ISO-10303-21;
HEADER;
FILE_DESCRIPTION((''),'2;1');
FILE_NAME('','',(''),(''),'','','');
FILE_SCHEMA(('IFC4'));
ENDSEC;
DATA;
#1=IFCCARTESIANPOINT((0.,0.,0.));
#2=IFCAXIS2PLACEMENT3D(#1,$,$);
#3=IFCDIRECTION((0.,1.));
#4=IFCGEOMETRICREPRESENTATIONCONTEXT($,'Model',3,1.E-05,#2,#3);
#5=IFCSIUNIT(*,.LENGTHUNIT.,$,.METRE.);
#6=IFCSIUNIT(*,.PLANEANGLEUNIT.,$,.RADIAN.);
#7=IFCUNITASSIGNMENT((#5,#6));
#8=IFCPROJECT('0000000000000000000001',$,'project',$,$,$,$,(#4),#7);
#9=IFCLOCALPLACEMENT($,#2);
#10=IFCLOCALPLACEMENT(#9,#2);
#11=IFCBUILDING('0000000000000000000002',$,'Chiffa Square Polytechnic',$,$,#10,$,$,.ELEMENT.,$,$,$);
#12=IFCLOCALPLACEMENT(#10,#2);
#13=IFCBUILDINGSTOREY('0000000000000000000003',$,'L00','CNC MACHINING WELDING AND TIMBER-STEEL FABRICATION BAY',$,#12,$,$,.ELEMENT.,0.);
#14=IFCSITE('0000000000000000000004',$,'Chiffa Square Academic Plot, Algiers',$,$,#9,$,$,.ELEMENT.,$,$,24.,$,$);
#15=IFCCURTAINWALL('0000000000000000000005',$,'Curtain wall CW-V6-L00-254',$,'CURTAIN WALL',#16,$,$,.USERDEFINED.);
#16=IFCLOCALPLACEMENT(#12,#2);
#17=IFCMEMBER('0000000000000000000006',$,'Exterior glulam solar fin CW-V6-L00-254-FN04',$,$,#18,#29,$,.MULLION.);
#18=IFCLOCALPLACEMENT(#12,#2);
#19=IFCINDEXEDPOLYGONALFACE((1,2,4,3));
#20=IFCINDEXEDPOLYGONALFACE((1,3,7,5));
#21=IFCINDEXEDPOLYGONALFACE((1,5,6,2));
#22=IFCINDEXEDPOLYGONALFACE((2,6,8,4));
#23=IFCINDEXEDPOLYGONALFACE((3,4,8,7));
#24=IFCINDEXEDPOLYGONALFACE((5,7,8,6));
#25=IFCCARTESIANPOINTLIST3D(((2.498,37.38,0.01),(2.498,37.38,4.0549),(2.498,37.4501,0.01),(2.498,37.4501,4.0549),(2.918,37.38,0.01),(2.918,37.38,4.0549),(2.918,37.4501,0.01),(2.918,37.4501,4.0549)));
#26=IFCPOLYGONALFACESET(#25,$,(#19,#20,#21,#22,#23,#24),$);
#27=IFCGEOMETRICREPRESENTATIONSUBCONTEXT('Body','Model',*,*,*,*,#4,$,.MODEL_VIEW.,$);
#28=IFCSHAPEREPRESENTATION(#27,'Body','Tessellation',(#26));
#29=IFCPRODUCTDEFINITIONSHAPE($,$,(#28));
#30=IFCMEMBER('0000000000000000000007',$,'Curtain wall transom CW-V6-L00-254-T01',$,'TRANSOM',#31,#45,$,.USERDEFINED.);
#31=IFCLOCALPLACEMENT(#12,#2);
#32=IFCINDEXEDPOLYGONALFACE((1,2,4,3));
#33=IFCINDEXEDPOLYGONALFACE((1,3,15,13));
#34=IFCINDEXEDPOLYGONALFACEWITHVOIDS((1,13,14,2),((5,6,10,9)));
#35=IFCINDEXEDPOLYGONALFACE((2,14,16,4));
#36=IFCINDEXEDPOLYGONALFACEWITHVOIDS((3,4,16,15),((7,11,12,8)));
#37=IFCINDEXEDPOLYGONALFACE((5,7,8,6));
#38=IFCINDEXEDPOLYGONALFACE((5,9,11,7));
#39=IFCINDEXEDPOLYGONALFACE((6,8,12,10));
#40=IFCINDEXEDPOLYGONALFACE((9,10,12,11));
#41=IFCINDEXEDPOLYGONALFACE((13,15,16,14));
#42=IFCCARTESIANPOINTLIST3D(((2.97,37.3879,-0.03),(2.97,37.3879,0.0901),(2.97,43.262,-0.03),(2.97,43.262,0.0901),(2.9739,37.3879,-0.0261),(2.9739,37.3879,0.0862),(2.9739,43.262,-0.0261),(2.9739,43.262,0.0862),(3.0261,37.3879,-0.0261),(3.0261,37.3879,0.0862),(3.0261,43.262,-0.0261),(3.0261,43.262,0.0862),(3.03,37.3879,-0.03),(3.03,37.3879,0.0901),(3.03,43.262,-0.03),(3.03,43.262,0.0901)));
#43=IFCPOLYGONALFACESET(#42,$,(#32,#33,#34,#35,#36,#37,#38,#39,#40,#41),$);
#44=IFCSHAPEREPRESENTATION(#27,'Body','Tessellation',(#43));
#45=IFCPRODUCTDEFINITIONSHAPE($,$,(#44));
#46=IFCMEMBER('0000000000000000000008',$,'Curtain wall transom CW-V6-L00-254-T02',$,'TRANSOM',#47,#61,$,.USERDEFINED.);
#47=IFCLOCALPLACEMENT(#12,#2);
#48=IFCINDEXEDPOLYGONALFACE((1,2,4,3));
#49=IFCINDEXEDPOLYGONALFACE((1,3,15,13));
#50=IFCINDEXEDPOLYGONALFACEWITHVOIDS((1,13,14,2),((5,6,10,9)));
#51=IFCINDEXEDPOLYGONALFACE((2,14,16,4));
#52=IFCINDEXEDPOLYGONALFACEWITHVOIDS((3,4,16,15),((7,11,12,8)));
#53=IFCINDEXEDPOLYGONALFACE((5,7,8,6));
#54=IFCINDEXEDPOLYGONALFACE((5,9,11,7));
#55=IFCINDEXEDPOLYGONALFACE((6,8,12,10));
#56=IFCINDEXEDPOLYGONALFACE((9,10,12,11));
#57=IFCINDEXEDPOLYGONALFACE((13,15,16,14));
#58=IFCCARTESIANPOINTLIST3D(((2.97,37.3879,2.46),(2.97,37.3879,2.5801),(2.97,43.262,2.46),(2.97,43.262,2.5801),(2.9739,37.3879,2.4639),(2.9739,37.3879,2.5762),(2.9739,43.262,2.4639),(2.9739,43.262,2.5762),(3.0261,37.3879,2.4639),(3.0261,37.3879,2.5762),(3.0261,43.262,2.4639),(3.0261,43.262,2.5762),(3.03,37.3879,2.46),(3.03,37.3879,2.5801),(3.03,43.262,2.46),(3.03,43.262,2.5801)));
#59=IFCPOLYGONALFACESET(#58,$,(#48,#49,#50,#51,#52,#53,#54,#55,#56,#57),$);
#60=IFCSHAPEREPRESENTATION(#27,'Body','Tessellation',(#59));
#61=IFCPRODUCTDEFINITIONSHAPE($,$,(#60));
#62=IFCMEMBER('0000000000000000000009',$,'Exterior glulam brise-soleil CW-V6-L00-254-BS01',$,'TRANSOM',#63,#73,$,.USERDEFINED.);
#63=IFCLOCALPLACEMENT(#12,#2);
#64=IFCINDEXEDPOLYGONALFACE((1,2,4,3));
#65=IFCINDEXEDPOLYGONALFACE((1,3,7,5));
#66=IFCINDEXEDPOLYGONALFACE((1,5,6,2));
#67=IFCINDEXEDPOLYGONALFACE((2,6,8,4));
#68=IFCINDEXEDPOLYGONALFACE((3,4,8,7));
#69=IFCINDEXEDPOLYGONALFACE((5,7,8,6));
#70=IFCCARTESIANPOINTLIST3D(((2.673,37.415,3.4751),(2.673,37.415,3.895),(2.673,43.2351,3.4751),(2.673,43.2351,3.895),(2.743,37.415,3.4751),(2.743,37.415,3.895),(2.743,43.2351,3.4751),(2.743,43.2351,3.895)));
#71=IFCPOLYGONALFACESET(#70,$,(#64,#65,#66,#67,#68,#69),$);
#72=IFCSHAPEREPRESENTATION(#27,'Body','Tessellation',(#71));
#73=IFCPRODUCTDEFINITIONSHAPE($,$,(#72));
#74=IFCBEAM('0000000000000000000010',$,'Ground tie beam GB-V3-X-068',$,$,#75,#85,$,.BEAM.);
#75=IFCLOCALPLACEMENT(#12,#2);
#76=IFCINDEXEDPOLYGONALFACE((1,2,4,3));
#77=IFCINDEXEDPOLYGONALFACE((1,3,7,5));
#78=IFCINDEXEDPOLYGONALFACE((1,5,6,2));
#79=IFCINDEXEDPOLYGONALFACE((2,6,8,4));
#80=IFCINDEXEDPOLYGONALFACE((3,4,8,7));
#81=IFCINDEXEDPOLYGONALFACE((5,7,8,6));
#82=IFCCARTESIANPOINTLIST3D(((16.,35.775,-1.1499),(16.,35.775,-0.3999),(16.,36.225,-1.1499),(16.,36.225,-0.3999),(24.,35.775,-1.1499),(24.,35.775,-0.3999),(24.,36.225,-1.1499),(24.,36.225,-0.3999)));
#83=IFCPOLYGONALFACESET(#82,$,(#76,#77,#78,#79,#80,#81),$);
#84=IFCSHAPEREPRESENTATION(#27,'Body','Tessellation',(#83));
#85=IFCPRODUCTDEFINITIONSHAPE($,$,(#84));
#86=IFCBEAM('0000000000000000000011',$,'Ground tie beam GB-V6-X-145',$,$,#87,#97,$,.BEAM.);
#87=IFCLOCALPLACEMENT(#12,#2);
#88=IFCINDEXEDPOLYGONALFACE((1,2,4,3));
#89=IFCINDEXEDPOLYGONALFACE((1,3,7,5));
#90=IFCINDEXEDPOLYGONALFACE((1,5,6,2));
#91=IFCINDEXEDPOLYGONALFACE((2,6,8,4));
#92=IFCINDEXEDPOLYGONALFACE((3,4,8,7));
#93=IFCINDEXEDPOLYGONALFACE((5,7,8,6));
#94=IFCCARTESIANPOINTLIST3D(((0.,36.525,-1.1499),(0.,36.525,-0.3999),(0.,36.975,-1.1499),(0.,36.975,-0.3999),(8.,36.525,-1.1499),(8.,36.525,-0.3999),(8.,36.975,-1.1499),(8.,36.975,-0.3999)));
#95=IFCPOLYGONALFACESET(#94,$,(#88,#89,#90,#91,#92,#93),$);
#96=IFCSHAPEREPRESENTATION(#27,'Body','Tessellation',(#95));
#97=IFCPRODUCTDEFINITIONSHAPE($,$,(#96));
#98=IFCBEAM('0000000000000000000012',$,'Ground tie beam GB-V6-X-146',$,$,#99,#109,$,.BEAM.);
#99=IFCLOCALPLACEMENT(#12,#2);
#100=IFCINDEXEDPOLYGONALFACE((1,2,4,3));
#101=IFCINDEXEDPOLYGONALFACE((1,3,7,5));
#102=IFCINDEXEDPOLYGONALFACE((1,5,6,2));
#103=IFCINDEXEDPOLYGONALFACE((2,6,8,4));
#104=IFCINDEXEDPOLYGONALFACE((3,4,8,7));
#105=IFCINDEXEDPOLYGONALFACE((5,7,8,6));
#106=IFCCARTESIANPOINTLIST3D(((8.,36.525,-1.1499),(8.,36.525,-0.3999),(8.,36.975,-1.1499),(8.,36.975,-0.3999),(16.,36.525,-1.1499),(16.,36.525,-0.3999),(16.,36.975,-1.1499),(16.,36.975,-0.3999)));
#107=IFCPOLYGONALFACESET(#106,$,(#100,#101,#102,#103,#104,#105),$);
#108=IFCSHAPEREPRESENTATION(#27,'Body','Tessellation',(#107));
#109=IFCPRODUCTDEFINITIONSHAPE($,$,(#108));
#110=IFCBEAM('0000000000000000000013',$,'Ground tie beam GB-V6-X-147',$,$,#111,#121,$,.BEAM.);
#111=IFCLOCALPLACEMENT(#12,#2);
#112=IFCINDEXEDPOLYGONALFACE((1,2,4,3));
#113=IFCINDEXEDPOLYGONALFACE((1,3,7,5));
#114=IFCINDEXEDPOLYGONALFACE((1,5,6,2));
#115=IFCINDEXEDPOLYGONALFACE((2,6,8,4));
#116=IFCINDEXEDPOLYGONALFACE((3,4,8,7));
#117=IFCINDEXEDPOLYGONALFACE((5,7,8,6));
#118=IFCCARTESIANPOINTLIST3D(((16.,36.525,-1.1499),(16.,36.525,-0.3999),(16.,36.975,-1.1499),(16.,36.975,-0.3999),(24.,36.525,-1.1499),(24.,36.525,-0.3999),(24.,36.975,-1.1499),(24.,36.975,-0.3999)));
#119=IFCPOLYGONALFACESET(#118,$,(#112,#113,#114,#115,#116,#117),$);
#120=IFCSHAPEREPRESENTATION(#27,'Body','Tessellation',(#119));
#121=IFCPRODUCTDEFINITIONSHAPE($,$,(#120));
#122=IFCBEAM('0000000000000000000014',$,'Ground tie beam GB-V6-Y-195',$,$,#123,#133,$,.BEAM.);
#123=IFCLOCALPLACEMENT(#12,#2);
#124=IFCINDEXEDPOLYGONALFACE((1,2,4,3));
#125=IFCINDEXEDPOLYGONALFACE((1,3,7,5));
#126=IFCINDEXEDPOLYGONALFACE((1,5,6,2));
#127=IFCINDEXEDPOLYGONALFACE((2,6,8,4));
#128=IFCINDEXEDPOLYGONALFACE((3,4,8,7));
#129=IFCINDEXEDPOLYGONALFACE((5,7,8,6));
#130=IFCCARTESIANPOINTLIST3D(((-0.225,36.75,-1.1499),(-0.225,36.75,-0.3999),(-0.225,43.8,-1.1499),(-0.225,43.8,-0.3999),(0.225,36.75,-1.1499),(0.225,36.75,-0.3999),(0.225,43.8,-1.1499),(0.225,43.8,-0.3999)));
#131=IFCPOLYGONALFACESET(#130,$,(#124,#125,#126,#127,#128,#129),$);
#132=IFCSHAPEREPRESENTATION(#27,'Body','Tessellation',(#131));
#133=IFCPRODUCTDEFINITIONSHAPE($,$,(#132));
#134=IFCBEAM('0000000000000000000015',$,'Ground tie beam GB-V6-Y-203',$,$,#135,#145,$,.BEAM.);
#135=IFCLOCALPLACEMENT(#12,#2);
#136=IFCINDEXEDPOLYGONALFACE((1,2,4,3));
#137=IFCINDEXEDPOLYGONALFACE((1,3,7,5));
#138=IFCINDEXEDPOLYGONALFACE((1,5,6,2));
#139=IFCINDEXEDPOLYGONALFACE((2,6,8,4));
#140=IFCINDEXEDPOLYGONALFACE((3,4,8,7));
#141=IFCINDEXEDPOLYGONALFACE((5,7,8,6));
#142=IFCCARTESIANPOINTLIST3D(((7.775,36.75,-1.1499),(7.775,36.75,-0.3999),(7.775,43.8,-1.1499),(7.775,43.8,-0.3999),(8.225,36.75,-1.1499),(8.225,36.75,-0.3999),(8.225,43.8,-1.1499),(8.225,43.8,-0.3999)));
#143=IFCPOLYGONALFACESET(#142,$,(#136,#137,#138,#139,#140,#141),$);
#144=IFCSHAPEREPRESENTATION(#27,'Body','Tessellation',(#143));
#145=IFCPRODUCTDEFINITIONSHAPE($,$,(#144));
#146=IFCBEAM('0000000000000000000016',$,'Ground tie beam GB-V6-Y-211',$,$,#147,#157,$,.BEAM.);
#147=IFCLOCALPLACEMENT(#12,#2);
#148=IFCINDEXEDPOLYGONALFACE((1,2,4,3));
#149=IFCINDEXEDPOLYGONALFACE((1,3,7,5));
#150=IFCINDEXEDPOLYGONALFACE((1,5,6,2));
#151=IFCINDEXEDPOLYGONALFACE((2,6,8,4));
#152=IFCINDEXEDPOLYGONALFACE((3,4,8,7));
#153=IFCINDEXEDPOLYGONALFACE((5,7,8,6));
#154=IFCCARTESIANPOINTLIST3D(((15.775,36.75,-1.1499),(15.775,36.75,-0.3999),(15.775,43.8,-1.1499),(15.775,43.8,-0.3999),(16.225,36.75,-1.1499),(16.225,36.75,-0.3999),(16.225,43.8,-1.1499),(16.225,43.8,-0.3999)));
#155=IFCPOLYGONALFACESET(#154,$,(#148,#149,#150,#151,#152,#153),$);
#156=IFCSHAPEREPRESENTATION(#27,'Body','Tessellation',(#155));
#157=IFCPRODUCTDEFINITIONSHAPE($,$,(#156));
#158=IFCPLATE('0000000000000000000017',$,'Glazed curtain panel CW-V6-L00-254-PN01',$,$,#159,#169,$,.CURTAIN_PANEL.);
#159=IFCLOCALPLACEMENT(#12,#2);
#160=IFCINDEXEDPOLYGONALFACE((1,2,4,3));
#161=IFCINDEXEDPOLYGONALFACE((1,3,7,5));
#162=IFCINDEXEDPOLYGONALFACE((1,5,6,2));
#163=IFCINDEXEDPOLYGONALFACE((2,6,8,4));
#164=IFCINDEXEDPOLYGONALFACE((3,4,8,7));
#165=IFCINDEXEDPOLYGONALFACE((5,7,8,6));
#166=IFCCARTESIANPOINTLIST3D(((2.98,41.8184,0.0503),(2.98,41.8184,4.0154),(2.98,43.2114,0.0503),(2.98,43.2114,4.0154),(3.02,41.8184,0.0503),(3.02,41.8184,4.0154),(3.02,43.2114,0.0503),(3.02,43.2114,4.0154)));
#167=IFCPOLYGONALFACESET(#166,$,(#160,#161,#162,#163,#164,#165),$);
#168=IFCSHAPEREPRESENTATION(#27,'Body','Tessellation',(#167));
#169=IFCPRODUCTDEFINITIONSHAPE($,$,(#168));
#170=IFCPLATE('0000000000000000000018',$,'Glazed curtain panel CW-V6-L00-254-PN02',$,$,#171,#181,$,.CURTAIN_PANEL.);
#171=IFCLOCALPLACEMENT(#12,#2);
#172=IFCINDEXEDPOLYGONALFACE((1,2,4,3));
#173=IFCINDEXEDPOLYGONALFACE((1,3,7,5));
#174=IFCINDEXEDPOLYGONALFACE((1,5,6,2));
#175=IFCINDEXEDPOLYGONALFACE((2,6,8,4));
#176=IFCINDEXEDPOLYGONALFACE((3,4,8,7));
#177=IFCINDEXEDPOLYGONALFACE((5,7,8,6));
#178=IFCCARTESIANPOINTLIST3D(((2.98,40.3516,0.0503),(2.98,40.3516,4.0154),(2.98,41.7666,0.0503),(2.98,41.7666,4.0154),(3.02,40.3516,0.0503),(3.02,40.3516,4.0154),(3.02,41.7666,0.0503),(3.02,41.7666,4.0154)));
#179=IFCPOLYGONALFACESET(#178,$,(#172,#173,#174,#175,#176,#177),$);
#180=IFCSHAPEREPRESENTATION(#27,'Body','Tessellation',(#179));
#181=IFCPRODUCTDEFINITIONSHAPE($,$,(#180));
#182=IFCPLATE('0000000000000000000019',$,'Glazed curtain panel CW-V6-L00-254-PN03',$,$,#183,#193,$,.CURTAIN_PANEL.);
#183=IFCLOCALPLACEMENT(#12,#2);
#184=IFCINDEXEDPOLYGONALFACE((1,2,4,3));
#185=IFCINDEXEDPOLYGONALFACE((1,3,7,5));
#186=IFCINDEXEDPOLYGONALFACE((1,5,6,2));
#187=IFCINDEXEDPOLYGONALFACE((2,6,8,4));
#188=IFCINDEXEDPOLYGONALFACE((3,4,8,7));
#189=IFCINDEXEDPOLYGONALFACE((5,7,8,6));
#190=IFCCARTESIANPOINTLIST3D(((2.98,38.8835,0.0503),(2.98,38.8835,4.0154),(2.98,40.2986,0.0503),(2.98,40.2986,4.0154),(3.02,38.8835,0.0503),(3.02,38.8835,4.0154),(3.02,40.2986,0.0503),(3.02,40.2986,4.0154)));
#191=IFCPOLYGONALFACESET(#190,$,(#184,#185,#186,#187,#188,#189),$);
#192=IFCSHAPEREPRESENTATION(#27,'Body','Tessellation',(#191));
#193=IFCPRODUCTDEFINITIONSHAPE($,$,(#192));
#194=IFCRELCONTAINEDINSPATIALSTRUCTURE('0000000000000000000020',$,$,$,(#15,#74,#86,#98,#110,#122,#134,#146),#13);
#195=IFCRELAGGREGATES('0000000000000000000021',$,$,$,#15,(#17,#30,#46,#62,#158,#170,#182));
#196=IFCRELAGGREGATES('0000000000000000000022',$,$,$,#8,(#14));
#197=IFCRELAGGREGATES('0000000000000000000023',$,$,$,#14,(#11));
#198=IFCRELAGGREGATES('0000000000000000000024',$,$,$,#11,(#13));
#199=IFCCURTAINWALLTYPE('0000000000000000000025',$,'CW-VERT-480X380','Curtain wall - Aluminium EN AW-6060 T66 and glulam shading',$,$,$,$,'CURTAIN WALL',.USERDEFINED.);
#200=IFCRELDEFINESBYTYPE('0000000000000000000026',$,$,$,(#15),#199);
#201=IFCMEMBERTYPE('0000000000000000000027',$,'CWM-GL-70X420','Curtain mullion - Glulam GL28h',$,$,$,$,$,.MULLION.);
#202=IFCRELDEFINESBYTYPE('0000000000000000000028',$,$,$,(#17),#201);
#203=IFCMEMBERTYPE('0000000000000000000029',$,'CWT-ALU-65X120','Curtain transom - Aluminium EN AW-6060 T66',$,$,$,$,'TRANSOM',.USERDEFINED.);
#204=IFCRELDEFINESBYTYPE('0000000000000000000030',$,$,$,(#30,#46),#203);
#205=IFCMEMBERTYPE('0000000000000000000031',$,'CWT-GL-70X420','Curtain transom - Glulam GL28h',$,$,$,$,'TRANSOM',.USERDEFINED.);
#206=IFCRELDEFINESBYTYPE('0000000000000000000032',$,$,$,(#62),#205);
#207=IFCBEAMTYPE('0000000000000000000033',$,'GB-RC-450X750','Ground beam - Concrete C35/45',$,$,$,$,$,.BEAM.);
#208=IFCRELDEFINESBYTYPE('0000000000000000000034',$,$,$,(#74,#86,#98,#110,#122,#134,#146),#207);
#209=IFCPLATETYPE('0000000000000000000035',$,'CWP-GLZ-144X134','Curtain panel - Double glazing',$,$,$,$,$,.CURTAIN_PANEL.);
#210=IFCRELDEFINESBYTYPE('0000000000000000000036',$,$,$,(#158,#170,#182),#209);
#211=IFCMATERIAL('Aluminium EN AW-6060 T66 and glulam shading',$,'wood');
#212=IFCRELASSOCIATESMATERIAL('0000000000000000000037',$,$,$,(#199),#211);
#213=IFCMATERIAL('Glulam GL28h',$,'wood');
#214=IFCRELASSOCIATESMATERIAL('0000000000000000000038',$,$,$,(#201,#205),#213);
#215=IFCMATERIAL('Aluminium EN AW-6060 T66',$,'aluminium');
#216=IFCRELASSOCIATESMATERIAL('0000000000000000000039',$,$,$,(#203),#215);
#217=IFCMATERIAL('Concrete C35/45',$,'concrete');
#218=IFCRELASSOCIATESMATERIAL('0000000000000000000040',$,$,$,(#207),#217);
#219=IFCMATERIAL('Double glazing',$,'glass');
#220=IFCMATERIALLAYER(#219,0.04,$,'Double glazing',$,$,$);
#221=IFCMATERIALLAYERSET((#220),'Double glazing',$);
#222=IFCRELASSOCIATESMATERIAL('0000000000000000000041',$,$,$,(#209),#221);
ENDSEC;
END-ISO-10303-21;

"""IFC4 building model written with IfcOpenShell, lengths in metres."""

from ifc_helpers import new_model, si_unit, direction, frame, origin, origin_2d, place, context, subcontext, project, spatial, rectangle, hollow_rectangle, extrude, material, layer, layer_set, material_profile, profile_set, type_object, element, aggregate, save


model = new_model("IFC4")

# Units and contexts
model_context = context("Model", 3, precision=1e-05, world=origin(), true_north=direction((0.0, 1.0)))
body_context = subcontext(model_context, "Body", "Model", "MODEL_VIEW")
ifc_project = project(units=[si_unit("LENGTHUNIT", "METRE"), si_unit("PLANEANGLEUNIT", "RADIAN")], contexts=[model_context])

# Site, building, storey
site_placement = place(None, origin())
site = spatial("IfcSite", under=ifc_project, at=site_placement, Name="Chiffa Square Academic Plot, Algiers", CompositionType="ELEMENT", RefElevation=24.0)
building_placement = place(site_placement, origin())
building = spatial("IfcBuilding", under=site, at=building_placement, Name="Chiffa Square Polytechnic", CompositionType="ELEMENT")
storey_placement = place(building_placement, origin())
storey = spatial("IfcBuildingStorey", under=building, at=storey_placement, Name="L00", Description="CNC MACHINING WELDING AND TIMBER-STEEL FABRICATION BAY", CompositionType="ELEMENT", Elevation=0.0)

# Shared definitions
ifc_material_1 = material(Name="Concrete C35/45", Category="concrete")

# Curtain wall, members
ifc_material_2 = material(Name="Aluminium EN AW-6060 T66 and glulam shading", Category="wood")
curtain_wall_type = type_object("IfcCurtainWallType", Name="CW-VERT-480X380", Description="Curtain wall - Aluminium EN AW-6060 T66 and glulam shading", ElementType="CURTAIN WALL", PredefinedType="USERDEFINED", material=ifc_material_2)
curtain_wall_placement = place(storey_placement, origin())
curtain_wall = element("IfcCurtainWall", 1, at=curtain_wall_placement, inside=storey, type_object=curtain_wall_type, Name="Curtain wall CW-V6-L00-254", ObjectType="CURTAIN WALL", PredefinedType="USERDEFINED")
ifc_material_3 = material(Name="Aluminium EN AW-6060 T66", Category="aluminium")
ifc_material_4 = material(Name="Glulam GL28h", Category="wood")
ifc_material_profile_1 = material_profile(ifc_material_4, rectangle(XDim=0.0701, YDim=0.4199, at=origin_2d()), Name="GL28h 70x420")
ifc_profile_set_1 = profile_set([ifc_material_profile_1], Name="Glulam GL28h")
member_type_1 = type_object("IfcMemberType", Name="CWM-GL-70X420", Description="Curtain mullion - Glulam GL28h", PredefinedType="MULLION", material=ifc_profile_set_1)
member_1_placement = place(storey_placement, frame((2.708, 37.415, 0.01), z_axis=(0.0, 0.0, 1.0), x_axis=(0.0, -1.0, 0.0)))
member_1 = element("IfcMember", 2, at=member_1_placement, type_object=member_type_1, Name="Exterior glulam solar fin CW-V6-L00-254-FN04", PredefinedType="MULLION", context=body_context, shape_type="SweptSolid", body=[
    extrude(rectangle(XDim=0.0701, YDim=0.4199, at=origin_2d()), origin(), (0.0, 0.0, 1.0), 4.0449),
])
ifc_material_profile_2 = material_profile(ifc_material_3, hollow_rectangle(XDim=0.0601, YDim=0.1201, WallThickness=0.0039, at=origin_2d()), Name="ALU 60x120x4")
ifc_profile_set_2 = profile_set([ifc_material_profile_2], Name="Aluminium EN AW-6060 T66")
member_type_2 = type_object("IfcMemberType", Name="CWT-ALU-65X120", Description="Curtain transom - Aluminium EN AW-6060 T66", ElementType="TRANSOM", PredefinedType="USERDEFINED", material=ifc_profile_set_2)
member_2_placement = place(storey_placement, frame((3.0, 43.262, 0.03), z_axis=(0.0, -1.0, 0.0), x_axis=(1.0, 0.0, 0.0)))
member_2 = element("IfcMember", 3, at=member_2_placement, type_object=member_type_2, Name="Curtain wall transom CW-V6-L00-254-T01", ObjectType="TRANSOM", PredefinedType="USERDEFINED", context=body_context, shape_type="SweptSolid", body=[
    extrude(hollow_rectangle(XDim=0.0601, YDim=0.1201, WallThickness=0.0039, at=origin_2d()), origin(), (0.0, 0.0, 1.0), 5.874),
])
member_3_placement = place(storey_placement, frame((3.0, 43.262, 2.52), z_axis=(0.0, -1.0, 0.0), x_axis=(1.0, 0.0, 0.0)))
member_3 = element("IfcMember", 4, at=member_3_placement, type_object=member_type_2, Name="Curtain wall transom CW-V6-L00-254-T02", ObjectType="TRANSOM", PredefinedType="USERDEFINED", context=body_context, shape_type="SweptSolid", body=[
    extrude(hollow_rectangle(XDim=0.0601, YDim=0.1201, WallThickness=0.0039, at=origin_2d()), origin(), (0.0, 0.0, 1.0), 5.874),
])
ifc_material_profile_3 = material_profile(ifc_material_4, rectangle(XDim=0.0701, YDim=0.4199, at=origin_2d()), Name="GL28h 70x420")
ifc_profile_set_3 = profile_set([ifc_material_profile_3], Name="Glulam GL28h")
member_type_3 = type_object("IfcMemberType", Name="CWT-GL-70X420", Description="Curtain transom - Glulam GL28h", ElementType="TRANSOM", PredefinedType="USERDEFINED", material=ifc_profile_set_3)
member_4_placement = place(storey_placement, frame((2.708, 43.2351, 3.6851), z_axis=(0.0, -1.0, 0.0), x_axis=(1.0, 0.0, 0.0)))
member_4 = element("IfcMember", 5, at=member_4_placement, type_object=member_type_3, Name="Exterior glulam brise-soleil CW-V6-L00-254-BS01", ObjectType="TRANSOM", PredefinedType="USERDEFINED", context=body_context, shape_type="SweptSolid", body=[
    extrude(rectangle(XDim=0.0701, YDim=0.4199, at=origin_2d()), origin(), (0.0, 0.0, 1.0), 5.8201),
])

# Beams
ifc_material_profile_4 = material_profile(ifc_material_1, rectangle(XDim=0.45, YDim=0.75, at=origin_2d()), Name="RC 450x750")
ifc_profile_set_4 = profile_set([ifc_material_profile_4], Name="Concrete C35/45")
beam_type = type_object("IfcBeamType", Name="GB-RC-450X750", Description="Ground beam - Concrete C35/45", PredefinedType="BEAM", material=ifc_profile_set_4)
for number, where, z_axis, x_axis, name in (
    (6, (16.0, 36.0, -0.7749), (1.0, 0.0, 0.0), (0.0, 1.0, 0.0), "Ground tie beam GB-V3-X-068"),
    (7, (0.0, 36.75, -0.7749), (1.0, 0.0, 0.0), (0.0, 1.0, 0.0), "Ground tie beam GB-V6-X-145"),
    (8, (8.0, 36.75, -0.7749), (1.0, 0.0, 0.0), (0.0, 1.0, 0.0), "Ground tie beam GB-V6-X-146"),
    (9, (16.0, 36.75, -0.7749), (1.0, 0.0, 0.0), (0.0, 1.0, 0.0), "Ground tie beam GB-V6-X-147"),
):
    element("IfcBeam", number, at=place(storey_placement, frame(where, z_axis=z_axis, x_axis=x_axis)), inside=storey, type_object=beam_type, Name=name, PredefinedType="BEAM", context=body_context, shape_type="SweptSolid", body=[
        extrude(rectangle(XDim=0.45, YDim=0.75, at=origin_2d()), origin(), (0.0, 0.0, 1.0), 8.0),
    ])
for number, where, z_axis, x_axis, name in (
    (10, (0.0, 36.75, -0.7749), (0.0, 1.0, 0.0), (-1.0, 0.0, 0.0), "Ground tie beam GB-V6-Y-195"),
    (11, (8.0, 36.75, -0.7749), (0.0, 1.0, 0.0), (-1.0, 0.0, 0.0), "Ground tie beam GB-V6-Y-203"),
    (12, (16.0, 36.75, -0.7749), (0.0, 1.0, 0.0), (-1.0, 0.0, 0.0), "Ground tie beam GB-V6-Y-211"),
):
    element("IfcBeam", number, at=place(storey_placement, frame(where, z_axis=z_axis, x_axis=x_axis)), inside=storey, type_object=beam_type, Name=name, PredefinedType="BEAM", context=body_context, shape_type="SweptSolid", body=[
        extrude(rectangle(XDim=0.45, YDim=0.75, at=origin_2d()), origin(), (0.0, 0.0, 1.0), 7.05),
    ])

# Plates
ifc_material_5 = material(Name="Double glazing", Category="glass")
ifc_layer_1 = layer(ifc_material_5, 0.04, Name="Double glazing")
ifc_layer_set_1 = layer_set([ifc_layer_1], Name="Double glazing")
plate_type = type_object("IfcPlateType", Name="CWP-GLZ-144X134", Description="Curtain panel - Double glazing", PredefinedType="CURTAIN_PANEL", material=ifc_layer_set_1)
plate_1_placement = place(storey_placement, frame((3.0, 42.5149, 0.0503), z_axis=(0.0, 0.0, 1.0), x_axis=(0.0, -1.0, 0.0)))
plate_1 = element("IfcPlate", 13, at=plate_1_placement, type_object=plate_type, Name="Glazed curtain panel CW-V6-L00-254-PN01", PredefinedType="CURTAIN_PANEL", context=body_context, shape_type="SweptSolid", body=[
    extrude(rectangle(XDim=1.3931, YDim=0.04, at=origin_2d()), origin(), (0.0, 0.0, 1.0), 3.9651),
])
plate_2_placement = place(storey_placement, frame((3.0, 41.0591, 0.0503), z_axis=(0.0, 0.0, 1.0), x_axis=(0.0, -1.0, 0.0)))
plate_2 = element("IfcPlate", 14, at=plate_2_placement, type_object=plate_type, Name="Glazed curtain panel CW-V6-L00-254-PN02", PredefinedType="CURTAIN_PANEL", context=body_context, shape_type="SweptSolid", body=[
    extrude(rectangle(XDim=1.415, YDim=0.04, at=origin_2d()), origin(), (0.0, 0.0, 1.0), 3.9651),
])
plate_3_placement = place(storey_placement, frame((3.0, 39.5911, 0.0503), z_axis=(0.0, 0.0, 1.0), x_axis=(0.0, -1.0, 0.0)))
plate_3 = element("IfcPlate", 15, at=plate_3_placement, type_object=plate_type, Name="Glazed curtain panel CW-V6-L00-254-PN03", PredefinedType="CURTAIN_PANEL", context=body_context, shape_type="SweptSolid", body=[
    extrude(rectangle(XDim=1.415, YDim=0.04, at=origin_2d()), origin(), (0.0, 0.0, 1.0), 3.9651),
])
aggregate(curtain_wall, [member_1, member_2, member_3, member_4, plate_1, plate_2, plate_3])

save(model, "model.ifc")
